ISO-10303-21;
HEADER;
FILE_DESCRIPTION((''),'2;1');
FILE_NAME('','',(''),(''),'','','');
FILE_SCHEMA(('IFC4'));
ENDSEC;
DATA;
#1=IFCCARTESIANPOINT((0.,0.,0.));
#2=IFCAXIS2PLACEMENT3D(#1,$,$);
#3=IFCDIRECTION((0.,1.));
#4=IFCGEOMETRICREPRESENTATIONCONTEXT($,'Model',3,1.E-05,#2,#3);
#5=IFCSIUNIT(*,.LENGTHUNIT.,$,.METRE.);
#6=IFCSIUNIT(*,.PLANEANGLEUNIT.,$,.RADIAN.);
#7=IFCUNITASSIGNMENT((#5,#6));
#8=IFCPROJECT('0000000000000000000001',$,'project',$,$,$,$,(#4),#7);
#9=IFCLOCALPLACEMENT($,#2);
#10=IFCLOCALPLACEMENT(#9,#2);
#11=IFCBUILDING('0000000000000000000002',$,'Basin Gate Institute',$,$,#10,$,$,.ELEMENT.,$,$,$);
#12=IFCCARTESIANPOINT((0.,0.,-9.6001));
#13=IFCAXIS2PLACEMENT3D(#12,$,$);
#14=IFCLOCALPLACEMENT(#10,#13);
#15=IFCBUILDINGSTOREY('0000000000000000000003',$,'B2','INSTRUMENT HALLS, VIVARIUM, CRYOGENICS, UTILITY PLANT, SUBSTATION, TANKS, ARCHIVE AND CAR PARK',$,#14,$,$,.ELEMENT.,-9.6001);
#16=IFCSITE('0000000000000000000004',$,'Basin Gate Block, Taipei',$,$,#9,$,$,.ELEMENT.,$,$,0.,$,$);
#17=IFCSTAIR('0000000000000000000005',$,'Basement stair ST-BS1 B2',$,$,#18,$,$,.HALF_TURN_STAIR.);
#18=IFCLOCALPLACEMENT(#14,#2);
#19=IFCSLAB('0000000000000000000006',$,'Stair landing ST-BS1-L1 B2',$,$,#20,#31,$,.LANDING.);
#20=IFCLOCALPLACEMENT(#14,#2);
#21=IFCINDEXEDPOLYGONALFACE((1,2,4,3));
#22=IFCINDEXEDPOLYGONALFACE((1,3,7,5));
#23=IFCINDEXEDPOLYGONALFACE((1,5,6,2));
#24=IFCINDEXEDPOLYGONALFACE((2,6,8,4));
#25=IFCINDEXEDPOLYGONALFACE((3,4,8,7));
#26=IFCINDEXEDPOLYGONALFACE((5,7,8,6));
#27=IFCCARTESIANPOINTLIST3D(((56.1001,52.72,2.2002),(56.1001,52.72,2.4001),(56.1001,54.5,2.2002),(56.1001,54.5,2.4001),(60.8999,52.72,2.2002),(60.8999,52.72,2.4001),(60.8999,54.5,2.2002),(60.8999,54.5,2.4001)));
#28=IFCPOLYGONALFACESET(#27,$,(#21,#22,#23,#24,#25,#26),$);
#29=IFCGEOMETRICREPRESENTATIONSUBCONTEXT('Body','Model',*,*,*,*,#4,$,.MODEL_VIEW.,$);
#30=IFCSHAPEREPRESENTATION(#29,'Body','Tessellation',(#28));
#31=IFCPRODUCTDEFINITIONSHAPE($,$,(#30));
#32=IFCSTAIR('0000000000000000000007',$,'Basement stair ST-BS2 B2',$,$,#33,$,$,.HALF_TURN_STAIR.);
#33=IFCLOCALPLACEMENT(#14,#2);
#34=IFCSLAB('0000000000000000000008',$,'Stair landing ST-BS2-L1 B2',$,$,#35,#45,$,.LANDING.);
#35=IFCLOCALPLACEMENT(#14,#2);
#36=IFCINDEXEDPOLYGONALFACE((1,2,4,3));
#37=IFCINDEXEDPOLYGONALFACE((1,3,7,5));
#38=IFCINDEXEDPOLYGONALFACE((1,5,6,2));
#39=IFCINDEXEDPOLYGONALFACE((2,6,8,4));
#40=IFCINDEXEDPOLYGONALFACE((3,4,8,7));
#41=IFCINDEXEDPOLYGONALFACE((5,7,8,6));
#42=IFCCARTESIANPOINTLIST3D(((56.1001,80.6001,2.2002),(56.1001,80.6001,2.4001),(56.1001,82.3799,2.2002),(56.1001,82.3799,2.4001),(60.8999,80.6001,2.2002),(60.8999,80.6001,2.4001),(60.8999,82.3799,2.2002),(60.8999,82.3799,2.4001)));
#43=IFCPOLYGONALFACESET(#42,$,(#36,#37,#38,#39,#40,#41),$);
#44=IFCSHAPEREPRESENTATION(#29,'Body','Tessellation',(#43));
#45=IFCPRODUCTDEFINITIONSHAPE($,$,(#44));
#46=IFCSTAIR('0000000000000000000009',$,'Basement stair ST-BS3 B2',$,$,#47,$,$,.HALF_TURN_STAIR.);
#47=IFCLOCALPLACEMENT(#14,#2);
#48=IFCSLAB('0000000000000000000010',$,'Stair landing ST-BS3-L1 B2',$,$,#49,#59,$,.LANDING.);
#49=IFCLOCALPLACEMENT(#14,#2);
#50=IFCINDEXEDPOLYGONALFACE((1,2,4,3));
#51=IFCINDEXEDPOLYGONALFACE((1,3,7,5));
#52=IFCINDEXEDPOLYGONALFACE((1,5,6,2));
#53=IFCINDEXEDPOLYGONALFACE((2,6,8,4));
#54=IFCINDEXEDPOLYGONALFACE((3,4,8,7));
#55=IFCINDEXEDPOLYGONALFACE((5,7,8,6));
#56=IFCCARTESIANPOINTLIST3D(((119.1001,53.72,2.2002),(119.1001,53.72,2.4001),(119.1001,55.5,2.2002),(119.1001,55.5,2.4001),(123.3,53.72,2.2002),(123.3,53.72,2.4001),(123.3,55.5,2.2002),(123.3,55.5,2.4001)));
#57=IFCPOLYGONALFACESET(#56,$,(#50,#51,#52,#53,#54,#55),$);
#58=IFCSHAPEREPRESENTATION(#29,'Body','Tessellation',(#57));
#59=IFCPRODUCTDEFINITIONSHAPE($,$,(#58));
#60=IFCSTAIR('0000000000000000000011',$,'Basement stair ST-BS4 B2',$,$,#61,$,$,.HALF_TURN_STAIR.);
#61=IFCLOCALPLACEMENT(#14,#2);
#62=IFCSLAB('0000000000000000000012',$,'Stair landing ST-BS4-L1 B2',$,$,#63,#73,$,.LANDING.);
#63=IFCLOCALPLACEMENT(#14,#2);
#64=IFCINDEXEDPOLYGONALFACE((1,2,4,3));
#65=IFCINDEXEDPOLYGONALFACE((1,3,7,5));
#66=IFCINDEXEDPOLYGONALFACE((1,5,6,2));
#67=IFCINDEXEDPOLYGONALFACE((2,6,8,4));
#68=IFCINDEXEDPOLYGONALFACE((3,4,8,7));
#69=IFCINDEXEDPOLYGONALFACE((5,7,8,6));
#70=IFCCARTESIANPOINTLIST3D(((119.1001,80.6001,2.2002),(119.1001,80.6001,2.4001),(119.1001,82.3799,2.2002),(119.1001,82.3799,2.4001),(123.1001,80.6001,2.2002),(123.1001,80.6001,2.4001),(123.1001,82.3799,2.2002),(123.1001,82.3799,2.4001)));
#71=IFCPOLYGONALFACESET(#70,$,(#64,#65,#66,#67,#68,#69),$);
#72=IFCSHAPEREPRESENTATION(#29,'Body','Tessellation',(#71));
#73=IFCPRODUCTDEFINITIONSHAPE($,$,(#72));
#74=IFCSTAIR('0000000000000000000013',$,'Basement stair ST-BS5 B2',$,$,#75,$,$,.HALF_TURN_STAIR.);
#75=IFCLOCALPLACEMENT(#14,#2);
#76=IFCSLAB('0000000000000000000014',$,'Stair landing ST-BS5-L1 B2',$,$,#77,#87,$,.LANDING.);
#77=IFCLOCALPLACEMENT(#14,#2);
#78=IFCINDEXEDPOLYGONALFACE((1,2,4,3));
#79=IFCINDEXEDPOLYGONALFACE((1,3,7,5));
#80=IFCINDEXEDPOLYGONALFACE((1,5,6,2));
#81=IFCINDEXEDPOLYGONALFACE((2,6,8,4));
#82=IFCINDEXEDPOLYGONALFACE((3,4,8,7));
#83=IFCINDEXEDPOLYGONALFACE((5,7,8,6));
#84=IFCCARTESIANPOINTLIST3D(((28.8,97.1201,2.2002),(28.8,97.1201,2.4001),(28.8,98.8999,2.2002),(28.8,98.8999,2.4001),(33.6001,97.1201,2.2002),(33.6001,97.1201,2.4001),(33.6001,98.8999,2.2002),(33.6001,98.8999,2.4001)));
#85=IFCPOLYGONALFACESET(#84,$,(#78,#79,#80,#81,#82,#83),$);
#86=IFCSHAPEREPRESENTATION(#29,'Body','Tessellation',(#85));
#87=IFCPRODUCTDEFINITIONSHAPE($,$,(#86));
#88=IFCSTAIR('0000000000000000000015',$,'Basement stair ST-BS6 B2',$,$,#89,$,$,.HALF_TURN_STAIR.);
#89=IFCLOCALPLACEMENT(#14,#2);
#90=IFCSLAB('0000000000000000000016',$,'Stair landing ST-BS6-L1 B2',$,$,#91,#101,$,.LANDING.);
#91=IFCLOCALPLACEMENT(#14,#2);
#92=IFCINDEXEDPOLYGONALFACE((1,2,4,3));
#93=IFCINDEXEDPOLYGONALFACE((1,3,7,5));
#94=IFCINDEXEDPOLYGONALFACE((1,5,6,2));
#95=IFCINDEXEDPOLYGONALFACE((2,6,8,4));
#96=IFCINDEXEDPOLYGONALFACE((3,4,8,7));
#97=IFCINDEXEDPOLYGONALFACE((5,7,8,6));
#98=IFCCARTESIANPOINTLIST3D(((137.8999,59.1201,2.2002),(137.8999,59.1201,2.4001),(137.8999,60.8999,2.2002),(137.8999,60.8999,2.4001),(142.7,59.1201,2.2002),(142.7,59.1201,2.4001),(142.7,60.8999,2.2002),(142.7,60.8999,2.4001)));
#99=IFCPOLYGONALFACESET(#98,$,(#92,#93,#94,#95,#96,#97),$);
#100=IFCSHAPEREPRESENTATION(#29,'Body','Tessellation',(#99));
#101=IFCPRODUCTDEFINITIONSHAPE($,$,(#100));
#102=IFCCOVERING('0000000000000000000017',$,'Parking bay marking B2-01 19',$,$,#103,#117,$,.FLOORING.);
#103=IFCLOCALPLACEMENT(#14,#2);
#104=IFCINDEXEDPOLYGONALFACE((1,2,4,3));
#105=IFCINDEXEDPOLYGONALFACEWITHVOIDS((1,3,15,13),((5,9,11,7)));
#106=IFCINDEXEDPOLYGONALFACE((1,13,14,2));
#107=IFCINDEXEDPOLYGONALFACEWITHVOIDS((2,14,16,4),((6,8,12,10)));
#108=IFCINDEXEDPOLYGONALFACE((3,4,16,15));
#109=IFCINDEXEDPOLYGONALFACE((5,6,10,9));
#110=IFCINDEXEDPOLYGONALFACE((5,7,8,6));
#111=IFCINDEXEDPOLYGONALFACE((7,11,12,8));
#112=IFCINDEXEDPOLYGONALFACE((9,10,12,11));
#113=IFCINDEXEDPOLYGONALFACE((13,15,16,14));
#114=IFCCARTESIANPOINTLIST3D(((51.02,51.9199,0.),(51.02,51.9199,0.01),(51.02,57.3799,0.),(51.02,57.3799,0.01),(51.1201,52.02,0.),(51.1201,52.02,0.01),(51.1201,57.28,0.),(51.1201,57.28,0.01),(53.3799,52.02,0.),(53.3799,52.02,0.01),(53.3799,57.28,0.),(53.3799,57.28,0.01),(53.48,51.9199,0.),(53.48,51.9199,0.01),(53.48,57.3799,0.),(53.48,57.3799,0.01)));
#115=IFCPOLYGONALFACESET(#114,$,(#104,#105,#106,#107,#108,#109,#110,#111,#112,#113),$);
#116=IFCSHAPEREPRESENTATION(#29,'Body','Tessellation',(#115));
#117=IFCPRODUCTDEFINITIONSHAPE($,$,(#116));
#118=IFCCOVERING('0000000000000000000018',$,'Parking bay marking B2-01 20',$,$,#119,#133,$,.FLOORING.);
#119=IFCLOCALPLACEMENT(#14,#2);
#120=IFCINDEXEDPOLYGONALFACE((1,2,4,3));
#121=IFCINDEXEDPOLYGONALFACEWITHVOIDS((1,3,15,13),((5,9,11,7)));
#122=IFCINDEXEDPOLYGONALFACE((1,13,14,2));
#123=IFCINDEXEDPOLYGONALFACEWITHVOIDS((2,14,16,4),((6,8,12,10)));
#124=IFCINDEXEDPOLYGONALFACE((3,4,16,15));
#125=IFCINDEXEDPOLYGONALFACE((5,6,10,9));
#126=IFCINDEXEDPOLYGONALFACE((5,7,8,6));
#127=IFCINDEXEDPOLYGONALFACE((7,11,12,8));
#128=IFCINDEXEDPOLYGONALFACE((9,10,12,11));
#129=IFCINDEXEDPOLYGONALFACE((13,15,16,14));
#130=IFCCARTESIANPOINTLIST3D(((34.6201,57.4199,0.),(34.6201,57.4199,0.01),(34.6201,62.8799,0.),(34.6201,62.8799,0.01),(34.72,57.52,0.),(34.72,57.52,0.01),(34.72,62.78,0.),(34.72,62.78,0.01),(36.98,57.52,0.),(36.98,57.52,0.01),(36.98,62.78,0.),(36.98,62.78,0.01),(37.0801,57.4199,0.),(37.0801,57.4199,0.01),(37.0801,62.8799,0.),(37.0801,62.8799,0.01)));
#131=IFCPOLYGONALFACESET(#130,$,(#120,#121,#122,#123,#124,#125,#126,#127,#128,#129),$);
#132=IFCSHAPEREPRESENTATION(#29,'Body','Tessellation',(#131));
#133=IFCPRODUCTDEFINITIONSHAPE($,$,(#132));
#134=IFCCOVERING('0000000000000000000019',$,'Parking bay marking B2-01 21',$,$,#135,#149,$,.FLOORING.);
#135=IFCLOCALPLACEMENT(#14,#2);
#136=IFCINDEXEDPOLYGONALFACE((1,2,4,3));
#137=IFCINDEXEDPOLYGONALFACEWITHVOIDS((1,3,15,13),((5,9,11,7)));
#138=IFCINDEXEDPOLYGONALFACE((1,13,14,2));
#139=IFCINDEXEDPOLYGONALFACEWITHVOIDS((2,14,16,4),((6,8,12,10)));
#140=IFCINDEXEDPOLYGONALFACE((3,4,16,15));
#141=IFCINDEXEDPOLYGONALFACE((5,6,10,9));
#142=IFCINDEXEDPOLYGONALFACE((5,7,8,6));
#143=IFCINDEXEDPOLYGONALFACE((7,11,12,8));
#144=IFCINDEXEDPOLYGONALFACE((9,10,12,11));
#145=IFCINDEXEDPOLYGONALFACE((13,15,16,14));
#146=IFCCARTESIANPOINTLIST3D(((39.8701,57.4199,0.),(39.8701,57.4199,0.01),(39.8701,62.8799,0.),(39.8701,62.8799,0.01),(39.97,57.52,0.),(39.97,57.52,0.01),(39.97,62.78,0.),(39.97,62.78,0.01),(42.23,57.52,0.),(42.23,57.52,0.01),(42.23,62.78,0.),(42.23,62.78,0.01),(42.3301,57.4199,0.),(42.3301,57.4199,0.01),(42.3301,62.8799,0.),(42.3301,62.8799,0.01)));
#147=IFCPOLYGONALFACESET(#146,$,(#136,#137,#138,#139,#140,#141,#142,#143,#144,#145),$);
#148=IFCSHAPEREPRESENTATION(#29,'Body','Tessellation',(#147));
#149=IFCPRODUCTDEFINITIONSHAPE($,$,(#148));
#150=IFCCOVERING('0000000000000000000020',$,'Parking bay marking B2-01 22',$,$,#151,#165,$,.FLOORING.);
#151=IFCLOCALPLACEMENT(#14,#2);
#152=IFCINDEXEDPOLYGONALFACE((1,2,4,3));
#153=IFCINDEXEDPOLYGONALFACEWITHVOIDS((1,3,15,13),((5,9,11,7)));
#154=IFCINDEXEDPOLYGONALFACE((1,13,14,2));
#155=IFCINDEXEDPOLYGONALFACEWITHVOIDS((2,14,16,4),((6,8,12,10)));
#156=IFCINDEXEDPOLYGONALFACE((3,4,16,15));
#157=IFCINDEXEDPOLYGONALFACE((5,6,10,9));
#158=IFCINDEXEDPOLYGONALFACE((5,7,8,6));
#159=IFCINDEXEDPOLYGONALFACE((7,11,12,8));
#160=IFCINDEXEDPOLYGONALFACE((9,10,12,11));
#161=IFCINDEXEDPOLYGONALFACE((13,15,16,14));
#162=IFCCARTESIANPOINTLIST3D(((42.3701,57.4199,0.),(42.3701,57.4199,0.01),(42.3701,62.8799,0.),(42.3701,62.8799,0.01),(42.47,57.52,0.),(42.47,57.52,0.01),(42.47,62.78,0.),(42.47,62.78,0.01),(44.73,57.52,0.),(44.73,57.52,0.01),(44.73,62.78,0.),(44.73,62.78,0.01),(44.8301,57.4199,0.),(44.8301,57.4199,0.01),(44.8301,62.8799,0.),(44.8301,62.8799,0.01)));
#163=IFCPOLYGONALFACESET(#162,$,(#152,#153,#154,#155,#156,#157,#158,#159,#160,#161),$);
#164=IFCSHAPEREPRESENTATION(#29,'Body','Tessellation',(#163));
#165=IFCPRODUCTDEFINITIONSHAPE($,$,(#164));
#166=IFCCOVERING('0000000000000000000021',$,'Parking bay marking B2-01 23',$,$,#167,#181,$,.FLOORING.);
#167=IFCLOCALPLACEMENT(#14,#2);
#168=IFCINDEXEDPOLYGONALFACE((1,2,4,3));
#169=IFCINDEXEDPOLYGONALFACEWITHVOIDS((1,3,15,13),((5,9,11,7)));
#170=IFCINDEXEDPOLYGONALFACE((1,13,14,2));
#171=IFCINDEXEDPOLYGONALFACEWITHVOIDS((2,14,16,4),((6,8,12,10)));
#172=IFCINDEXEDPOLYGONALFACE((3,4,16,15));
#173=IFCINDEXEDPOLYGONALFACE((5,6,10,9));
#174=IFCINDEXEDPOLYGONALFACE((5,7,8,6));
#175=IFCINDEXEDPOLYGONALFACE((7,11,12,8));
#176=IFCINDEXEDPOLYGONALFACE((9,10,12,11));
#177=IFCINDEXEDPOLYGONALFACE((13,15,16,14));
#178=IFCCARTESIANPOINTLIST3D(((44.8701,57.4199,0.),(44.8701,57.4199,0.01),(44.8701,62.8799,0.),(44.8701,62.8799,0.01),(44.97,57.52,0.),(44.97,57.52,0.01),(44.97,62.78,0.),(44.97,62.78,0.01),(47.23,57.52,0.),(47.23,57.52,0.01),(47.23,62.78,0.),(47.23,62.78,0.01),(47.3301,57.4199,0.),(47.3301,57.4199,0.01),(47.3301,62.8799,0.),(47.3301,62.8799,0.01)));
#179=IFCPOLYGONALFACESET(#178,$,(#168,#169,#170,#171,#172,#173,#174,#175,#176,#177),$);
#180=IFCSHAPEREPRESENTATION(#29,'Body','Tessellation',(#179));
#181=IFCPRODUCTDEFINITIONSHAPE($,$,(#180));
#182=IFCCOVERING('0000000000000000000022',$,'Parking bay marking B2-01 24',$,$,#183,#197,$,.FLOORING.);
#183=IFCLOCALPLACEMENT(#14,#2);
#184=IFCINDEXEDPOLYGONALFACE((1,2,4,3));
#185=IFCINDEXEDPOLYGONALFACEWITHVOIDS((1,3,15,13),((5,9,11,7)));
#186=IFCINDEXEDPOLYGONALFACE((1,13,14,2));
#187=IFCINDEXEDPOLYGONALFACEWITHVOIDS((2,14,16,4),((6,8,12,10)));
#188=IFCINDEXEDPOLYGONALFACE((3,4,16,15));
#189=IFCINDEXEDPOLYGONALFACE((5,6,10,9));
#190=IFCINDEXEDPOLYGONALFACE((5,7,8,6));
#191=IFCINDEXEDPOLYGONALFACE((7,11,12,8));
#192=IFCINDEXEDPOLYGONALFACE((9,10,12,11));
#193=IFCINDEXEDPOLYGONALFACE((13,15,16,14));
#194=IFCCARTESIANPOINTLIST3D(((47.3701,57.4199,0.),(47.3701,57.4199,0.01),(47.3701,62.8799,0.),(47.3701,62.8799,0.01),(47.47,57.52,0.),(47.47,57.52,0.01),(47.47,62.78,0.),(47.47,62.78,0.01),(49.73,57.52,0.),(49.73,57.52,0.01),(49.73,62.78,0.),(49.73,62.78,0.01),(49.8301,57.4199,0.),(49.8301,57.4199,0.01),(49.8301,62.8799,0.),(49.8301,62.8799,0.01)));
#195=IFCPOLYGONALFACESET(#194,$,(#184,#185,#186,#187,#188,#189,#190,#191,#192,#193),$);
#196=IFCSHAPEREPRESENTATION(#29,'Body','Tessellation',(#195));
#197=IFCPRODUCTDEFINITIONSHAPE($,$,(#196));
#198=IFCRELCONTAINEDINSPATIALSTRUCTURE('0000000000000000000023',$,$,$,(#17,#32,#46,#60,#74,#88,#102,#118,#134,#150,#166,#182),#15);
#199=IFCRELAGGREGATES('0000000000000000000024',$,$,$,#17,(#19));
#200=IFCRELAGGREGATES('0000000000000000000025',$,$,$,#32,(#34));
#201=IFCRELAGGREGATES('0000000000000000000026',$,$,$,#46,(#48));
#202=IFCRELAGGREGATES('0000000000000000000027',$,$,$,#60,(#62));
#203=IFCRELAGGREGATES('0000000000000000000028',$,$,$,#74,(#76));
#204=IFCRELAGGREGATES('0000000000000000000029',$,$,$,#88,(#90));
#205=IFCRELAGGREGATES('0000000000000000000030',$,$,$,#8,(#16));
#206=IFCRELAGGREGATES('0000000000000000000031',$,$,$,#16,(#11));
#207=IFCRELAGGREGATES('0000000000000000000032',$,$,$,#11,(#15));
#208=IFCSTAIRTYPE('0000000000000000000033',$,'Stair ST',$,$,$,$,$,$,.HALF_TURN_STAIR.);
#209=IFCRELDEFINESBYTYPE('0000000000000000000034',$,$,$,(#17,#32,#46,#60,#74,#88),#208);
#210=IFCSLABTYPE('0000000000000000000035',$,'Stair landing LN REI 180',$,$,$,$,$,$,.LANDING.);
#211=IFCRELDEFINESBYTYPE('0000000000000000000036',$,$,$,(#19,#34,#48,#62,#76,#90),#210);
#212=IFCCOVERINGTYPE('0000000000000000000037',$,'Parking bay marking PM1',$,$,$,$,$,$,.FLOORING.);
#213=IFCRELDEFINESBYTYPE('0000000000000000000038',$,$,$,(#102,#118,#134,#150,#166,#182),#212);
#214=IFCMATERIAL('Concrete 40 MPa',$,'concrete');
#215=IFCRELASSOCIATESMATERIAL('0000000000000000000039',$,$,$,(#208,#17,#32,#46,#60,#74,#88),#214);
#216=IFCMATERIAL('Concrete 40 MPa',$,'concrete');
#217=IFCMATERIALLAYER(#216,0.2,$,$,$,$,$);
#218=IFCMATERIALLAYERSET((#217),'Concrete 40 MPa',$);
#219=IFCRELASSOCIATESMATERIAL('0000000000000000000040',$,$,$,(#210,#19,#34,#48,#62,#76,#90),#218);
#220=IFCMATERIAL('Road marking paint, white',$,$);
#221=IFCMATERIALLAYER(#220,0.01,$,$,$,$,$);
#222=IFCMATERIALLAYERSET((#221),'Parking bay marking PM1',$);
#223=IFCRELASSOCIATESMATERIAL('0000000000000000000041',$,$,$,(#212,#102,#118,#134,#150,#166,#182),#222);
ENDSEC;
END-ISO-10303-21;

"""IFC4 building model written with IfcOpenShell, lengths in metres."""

from ifc_helpers import new_model, si_unit, direction, frame, origin, place, context, subcontext, project, spatial, polyline, outline, extrude, material, layer, layer_set, type_object, element, aggregate, save


model = new_model("IFC4")

# Units and contexts
model_context = context("Model", 3, precision=1e-05, world=origin(), true_north=direction((0.0, 1.0)))
body_context = subcontext(model_context, "Body", "Model", "MODEL_VIEW")
ifc_project = project(units=[si_unit("LENGTHUNIT", "METRE"), si_unit("PLANEANGLEUNIT", "RADIAN")], contexts=[model_context])

# Site, building, storey
site_placement = place(None, origin())
site = spatial("IfcSite", under=ifc_project, at=site_placement, Name="Basin Gate Block, Taipei", CompositionType="ELEMENT", RefElevation=0.0)
building_placement = place(site_placement, origin())
building = spatial("IfcBuilding", under=site, at=building_placement, Name="Basin Gate Institute", CompositionType="ELEMENT")
storey_placement = place(building_placement, frame((0.0, 0.0, -9.6001)))
storey = spatial("IfcBuildingStorey", under=building, at=storey_placement, Name="B2", Description="INSTRUMENT HALLS, VIVARIUM, CRYOGENICS, UTILITY PLANT, SUBSTATION, TANKS, ARCHIVE AND CAR PARK", CompositionType="ELEMENT", Elevation=-9.6001)

# Stairs, slabs
ifc_material_1 = material(Name="Concrete 40 MPa", Category="concrete")
stair_type = type_object("IfcStairType", Name="Stair ST", PredefinedType="HALF_TURN_STAIR", material=ifc_material_1)
stair_1_placement = place(storey_placement, origin())
stair_1 = element("IfcStair", 1, at=stair_1_placement, inside=storey, type_object=stair_type, material=ifc_material_1, Name="Basement stair ST-BS1 B2", PredefinedType="HALF_TURN_STAIR")
ifc_material_2 = material(Name="Concrete 40 MPa", Category="concrete")
ifc_layer_1 = layer(ifc_material_2, 0.2)
ifc_layer_set_1 = layer_set([ifc_layer_1], Name="Concrete 40 MPa")
slab_type = type_object("IfcSlabType", Name="Stair landing LN REI 180", PredefinedType="LANDING", material=ifc_layer_set_1)
slab_1_placement = place(storey_placement, frame((0.0, 0.0, 2.2002)))
slab_1 = element("IfcSlab", 2, at=slab_1_placement, type_object=slab_type, material=ifc_layer_set_1, Name="Stair landing ST-BS1-L1 B2", PredefinedType="LANDING", context=body_context, shape_type="SweptSolid", body=[
    extrude(outline(polyline([(56.1001, 52.72), (60.8999, 52.72), (60.8999, 54.5), (56.1001, 54.5), (56.1001, 52.72)])), origin(), (0.0, 0.0, 1.0), 0.2),
])
aggregate(stair_1, [slab_1])
stair_2_placement = place(storey_placement, origin())
stair_2 = element("IfcStair", 3, at=stair_2_placement, inside=storey, type_object=stair_type, material=ifc_material_1, Name="Basement stair ST-BS2 B2", PredefinedType="HALF_TURN_STAIR")
slab_2_placement = place(storey_placement, frame((0.0, 0.0, 2.2002)))
slab_2 = element("IfcSlab", 4, at=slab_2_placement, type_object=slab_type, material=ifc_layer_set_1, Name="Stair landing ST-BS2-L1 B2", PredefinedType="LANDING", context=body_context, shape_type="SweptSolid", body=[
    extrude(outline(polyline([(56.1001, 80.6001), (60.8999, 80.6001), (60.8999, 82.3799), (56.1001, 82.3799), (56.1001, 80.6001)])), origin(), (0.0, 0.0, 1.0), 0.2),
])
aggregate(stair_2, [slab_2])
stair_3_placement = place(storey_placement, origin())
stair_3 = element("IfcStair", 5, at=stair_3_placement, inside=storey, type_object=stair_type, material=ifc_material_1, Name="Basement stair ST-BS3 B2", PredefinedType="HALF_TURN_STAIR")
slab_3_placement = place(storey_placement, frame((0.0, 0.0, 2.2002)))
slab_3 = element("IfcSlab", 6, at=slab_3_placement, type_object=slab_type, material=ifc_layer_set_1, Name="Stair landing ST-BS3-L1 B2", PredefinedType="LANDING", context=body_context, shape_type="SweptSolid", body=[
    extrude(outline(polyline([(119.1001, 53.72), (123.3, 53.72), (123.3, 55.5), (119.1001, 55.5), (119.1001, 53.72)])), origin(), (0.0, 0.0, 1.0), 0.2),
])
aggregate(stair_3, [slab_3])
stair_4_placement = place(storey_placement, origin())
stair_4 = element("IfcStair", 7, at=stair_4_placement, inside=storey, type_object=stair_type, material=ifc_material_1, Name="Basement stair ST-BS4 B2", PredefinedType="HALF_TURN_STAIR")
slab_4_placement = place(storey_placement, frame((0.0, 0.0, 2.2002)))
slab_4 = element("IfcSlab", 8, at=slab_4_placement, type_object=slab_type, material=ifc_layer_set_1, Name="Stair landing ST-BS4-L1 B2", PredefinedType="LANDING", context=body_context, shape_type="SweptSolid", body=[
    extrude(outline(polyline([(119.1001, 80.6001), (123.1001, 80.6001), (123.1001, 82.3799), (119.1001, 82.3799), (119.1001, 80.6001)])), origin(), (0.0, 0.0, 1.0), 0.2),
])
aggregate(stair_4, [slab_4])
stair_5_placement = place(storey_placement, origin())
stair_5 = element("IfcStair", 9, at=stair_5_placement, inside=storey, type_object=stair_type, material=ifc_material_1, Name="Basement stair ST-BS5 B2", PredefinedType="HALF_TURN_STAIR")
slab_5_placement = place(storey_placement, frame((0.0, 0.0, 2.2002)))
slab_5 = element("IfcSlab", 10, at=slab_5_placement, type_object=slab_type, material=ifc_layer_set_1, Name="Stair landing ST-BS5-L1 B2", PredefinedType="LANDING", context=body_context, shape_type="SweptSolid", body=[
    extrude(outline(polyline([(28.8, 97.1201), (33.6001, 97.1201), (33.6001, 98.8999), (28.8, 98.8999), (28.8, 97.1201)])), origin(), (0.0, 0.0, 1.0), 0.2),
])
aggregate(stair_5, [slab_5])
stair_6_placement = place(storey_placement, origin())
stair_6 = element("IfcStair", 11, at=stair_6_placement, inside=storey, type_object=stair_type, material=ifc_material_1, Name="Basement stair ST-BS6 B2", PredefinedType="HALF_TURN_STAIR")
slab_6_placement = place(storey_placement, frame((0.0, 0.0, 2.2002)))
slab_6 = element("IfcSlab", 12, at=slab_6_placement, type_object=slab_type, material=ifc_layer_set_1, Name="Stair landing ST-BS6-L1 B2", PredefinedType="LANDING", context=body_context, shape_type="SweptSolid", body=[
    extrude(outline(polyline([(137.8999, 59.1201), (142.7, 59.1201), (142.7, 60.8999), (137.8999, 60.8999), (137.8999, 59.1201)])), origin(), (0.0, 0.0, 1.0), 0.2),
])
aggregate(stair_6, [slab_6])

# Coverings
ifc_material_3 = material(Name="Road marking paint, white")
ifc_layer_2 = layer(ifc_material_3, 0.01)
ifc_layer_set_2 = layer_set([ifc_layer_2], Name="Parking bay marking PM1")
covering_type = type_object("IfcCoveringType", Name="Parking bay marking PM1", PredefinedType="FLOORING", material=ifc_layer_set_2)
covering_1_placement = place(storey_placement, origin())
element("IfcCovering", 13, at=covering_1_placement, inside=storey, type_object=covering_type, material=ifc_layer_set_2, Name="Parking bay marking B2-01 19", PredefinedType="FLOORING", context=body_context, shape_type="SweptSolid", body=[
    extrude(outline(polyline([(51.02, 51.9199), (53.48, 51.9199), (53.48, 57.3799), (51.02, 57.3799), (51.02, 51.9199)]), holes=[polyline([(51.1201, 52.02), (53.3799, 52.02), (53.3799, 57.28), (51.1201, 57.28), (51.1201, 52.02)])]), origin(), (0.0, 0.0, 1.0), 0.01),
])
covering_2_placement = place(storey_placement, origin())
element("IfcCovering", 14, at=covering_2_placement, inside=storey, type_object=covering_type, material=ifc_layer_set_2, Name="Parking bay marking B2-01 20", PredefinedType="FLOORING", context=body_context, shape_type="SweptSolid", body=[
    extrude(outline(polyline([(34.6201, 57.4199), (37.0801, 57.4199), (37.0801, 62.8799), (34.6201, 62.8799), (34.6201, 57.4199)]), holes=[polyline([(34.72, 57.52), (36.98, 57.52), (36.98, 62.78), (34.72, 62.78), (34.72, 57.52)])]), origin(), (0.0, 0.0, 1.0), 0.01),
])
covering_3_placement = place(storey_placement, origin())
element("IfcCovering", 15, at=covering_3_placement, inside=storey, type_object=covering_type, material=ifc_layer_set_2, Name="Parking bay marking B2-01 21", PredefinedType="FLOORING", context=body_context, shape_type="SweptSolid", body=[
    extrude(outline(polyline([(39.8701, 57.4199), (42.3301, 57.4199), (42.3301, 62.8799), (39.8701, 62.8799), (39.8701, 57.4199)]), holes=[polyline([(39.97, 57.52), (42.23, 57.52), (42.23, 62.78), (39.97, 62.78), (39.97, 57.52)])]), origin(), (0.0, 0.0, 1.0), 0.01),
])
covering_4_placement = place(storey_placement, origin())
element("IfcCovering", 16, at=covering_4_placement, inside=storey, type_object=covering_type, material=ifc_layer_set_2, Name="Parking bay marking B2-01 22", PredefinedType="FLOORING", context=body_context, shape_type="SweptSolid", body=[
    extrude(outline(polyline([(42.3701, 57.4199), (44.8301, 57.4199), (44.8301, 62.8799), (42.3701, 62.8799), (42.3701, 57.4199)]), holes=[polyline([(42.47, 57.52), (44.73, 57.52), (44.73, 62.78), (42.47, 62.78), (42.47, 57.52)])]), origin(), (0.0, 0.0, 1.0), 0.01),
])
covering_5_placement = place(storey_placement, origin())
element("IfcCovering", 17, at=covering_5_placement, inside=storey, type_object=covering_type, material=ifc_layer_set_2, Name="Parking bay marking B2-01 23", PredefinedType="FLOORING", context=body_context, shape_type="SweptSolid", body=[
    extrude(outline(polyline([(44.8701, 57.4199), (47.3301, 57.4199), (47.3301, 62.8799), (44.8701, 62.8799), (44.8701, 57.4199)]), holes=[polyline([(44.97, 57.52), (47.23, 57.52), (47.23, 62.78), (44.97, 62.78), (44.97, 57.52)])]), origin(), (0.0, 0.0, 1.0), 0.01),
])
covering_6_placement = place(storey_placement, origin())
element("IfcCovering", 18, at=covering_6_placement, inside=storey, type_object=covering_type, material=ifc_layer_set_2, Name="Parking bay marking B2-01 24", PredefinedType="FLOORING", context=body_context, shape_type="SweptSolid", body=[
    extrude(outline(polyline([(47.3701, 57.4199), (49.8301, 57.4199), (49.8301, 62.8799), (47.3701, 62.8799), (47.3701, 57.4199)]), holes=[polyline([(47.47, 57.52), (49.73, 57.52), (49.73, 62.78), (47.47, 62.78), (47.47, 57.52)])]), origin(), (0.0, 0.0, 1.0), 0.01),
])

save(model, "model.ifc")
